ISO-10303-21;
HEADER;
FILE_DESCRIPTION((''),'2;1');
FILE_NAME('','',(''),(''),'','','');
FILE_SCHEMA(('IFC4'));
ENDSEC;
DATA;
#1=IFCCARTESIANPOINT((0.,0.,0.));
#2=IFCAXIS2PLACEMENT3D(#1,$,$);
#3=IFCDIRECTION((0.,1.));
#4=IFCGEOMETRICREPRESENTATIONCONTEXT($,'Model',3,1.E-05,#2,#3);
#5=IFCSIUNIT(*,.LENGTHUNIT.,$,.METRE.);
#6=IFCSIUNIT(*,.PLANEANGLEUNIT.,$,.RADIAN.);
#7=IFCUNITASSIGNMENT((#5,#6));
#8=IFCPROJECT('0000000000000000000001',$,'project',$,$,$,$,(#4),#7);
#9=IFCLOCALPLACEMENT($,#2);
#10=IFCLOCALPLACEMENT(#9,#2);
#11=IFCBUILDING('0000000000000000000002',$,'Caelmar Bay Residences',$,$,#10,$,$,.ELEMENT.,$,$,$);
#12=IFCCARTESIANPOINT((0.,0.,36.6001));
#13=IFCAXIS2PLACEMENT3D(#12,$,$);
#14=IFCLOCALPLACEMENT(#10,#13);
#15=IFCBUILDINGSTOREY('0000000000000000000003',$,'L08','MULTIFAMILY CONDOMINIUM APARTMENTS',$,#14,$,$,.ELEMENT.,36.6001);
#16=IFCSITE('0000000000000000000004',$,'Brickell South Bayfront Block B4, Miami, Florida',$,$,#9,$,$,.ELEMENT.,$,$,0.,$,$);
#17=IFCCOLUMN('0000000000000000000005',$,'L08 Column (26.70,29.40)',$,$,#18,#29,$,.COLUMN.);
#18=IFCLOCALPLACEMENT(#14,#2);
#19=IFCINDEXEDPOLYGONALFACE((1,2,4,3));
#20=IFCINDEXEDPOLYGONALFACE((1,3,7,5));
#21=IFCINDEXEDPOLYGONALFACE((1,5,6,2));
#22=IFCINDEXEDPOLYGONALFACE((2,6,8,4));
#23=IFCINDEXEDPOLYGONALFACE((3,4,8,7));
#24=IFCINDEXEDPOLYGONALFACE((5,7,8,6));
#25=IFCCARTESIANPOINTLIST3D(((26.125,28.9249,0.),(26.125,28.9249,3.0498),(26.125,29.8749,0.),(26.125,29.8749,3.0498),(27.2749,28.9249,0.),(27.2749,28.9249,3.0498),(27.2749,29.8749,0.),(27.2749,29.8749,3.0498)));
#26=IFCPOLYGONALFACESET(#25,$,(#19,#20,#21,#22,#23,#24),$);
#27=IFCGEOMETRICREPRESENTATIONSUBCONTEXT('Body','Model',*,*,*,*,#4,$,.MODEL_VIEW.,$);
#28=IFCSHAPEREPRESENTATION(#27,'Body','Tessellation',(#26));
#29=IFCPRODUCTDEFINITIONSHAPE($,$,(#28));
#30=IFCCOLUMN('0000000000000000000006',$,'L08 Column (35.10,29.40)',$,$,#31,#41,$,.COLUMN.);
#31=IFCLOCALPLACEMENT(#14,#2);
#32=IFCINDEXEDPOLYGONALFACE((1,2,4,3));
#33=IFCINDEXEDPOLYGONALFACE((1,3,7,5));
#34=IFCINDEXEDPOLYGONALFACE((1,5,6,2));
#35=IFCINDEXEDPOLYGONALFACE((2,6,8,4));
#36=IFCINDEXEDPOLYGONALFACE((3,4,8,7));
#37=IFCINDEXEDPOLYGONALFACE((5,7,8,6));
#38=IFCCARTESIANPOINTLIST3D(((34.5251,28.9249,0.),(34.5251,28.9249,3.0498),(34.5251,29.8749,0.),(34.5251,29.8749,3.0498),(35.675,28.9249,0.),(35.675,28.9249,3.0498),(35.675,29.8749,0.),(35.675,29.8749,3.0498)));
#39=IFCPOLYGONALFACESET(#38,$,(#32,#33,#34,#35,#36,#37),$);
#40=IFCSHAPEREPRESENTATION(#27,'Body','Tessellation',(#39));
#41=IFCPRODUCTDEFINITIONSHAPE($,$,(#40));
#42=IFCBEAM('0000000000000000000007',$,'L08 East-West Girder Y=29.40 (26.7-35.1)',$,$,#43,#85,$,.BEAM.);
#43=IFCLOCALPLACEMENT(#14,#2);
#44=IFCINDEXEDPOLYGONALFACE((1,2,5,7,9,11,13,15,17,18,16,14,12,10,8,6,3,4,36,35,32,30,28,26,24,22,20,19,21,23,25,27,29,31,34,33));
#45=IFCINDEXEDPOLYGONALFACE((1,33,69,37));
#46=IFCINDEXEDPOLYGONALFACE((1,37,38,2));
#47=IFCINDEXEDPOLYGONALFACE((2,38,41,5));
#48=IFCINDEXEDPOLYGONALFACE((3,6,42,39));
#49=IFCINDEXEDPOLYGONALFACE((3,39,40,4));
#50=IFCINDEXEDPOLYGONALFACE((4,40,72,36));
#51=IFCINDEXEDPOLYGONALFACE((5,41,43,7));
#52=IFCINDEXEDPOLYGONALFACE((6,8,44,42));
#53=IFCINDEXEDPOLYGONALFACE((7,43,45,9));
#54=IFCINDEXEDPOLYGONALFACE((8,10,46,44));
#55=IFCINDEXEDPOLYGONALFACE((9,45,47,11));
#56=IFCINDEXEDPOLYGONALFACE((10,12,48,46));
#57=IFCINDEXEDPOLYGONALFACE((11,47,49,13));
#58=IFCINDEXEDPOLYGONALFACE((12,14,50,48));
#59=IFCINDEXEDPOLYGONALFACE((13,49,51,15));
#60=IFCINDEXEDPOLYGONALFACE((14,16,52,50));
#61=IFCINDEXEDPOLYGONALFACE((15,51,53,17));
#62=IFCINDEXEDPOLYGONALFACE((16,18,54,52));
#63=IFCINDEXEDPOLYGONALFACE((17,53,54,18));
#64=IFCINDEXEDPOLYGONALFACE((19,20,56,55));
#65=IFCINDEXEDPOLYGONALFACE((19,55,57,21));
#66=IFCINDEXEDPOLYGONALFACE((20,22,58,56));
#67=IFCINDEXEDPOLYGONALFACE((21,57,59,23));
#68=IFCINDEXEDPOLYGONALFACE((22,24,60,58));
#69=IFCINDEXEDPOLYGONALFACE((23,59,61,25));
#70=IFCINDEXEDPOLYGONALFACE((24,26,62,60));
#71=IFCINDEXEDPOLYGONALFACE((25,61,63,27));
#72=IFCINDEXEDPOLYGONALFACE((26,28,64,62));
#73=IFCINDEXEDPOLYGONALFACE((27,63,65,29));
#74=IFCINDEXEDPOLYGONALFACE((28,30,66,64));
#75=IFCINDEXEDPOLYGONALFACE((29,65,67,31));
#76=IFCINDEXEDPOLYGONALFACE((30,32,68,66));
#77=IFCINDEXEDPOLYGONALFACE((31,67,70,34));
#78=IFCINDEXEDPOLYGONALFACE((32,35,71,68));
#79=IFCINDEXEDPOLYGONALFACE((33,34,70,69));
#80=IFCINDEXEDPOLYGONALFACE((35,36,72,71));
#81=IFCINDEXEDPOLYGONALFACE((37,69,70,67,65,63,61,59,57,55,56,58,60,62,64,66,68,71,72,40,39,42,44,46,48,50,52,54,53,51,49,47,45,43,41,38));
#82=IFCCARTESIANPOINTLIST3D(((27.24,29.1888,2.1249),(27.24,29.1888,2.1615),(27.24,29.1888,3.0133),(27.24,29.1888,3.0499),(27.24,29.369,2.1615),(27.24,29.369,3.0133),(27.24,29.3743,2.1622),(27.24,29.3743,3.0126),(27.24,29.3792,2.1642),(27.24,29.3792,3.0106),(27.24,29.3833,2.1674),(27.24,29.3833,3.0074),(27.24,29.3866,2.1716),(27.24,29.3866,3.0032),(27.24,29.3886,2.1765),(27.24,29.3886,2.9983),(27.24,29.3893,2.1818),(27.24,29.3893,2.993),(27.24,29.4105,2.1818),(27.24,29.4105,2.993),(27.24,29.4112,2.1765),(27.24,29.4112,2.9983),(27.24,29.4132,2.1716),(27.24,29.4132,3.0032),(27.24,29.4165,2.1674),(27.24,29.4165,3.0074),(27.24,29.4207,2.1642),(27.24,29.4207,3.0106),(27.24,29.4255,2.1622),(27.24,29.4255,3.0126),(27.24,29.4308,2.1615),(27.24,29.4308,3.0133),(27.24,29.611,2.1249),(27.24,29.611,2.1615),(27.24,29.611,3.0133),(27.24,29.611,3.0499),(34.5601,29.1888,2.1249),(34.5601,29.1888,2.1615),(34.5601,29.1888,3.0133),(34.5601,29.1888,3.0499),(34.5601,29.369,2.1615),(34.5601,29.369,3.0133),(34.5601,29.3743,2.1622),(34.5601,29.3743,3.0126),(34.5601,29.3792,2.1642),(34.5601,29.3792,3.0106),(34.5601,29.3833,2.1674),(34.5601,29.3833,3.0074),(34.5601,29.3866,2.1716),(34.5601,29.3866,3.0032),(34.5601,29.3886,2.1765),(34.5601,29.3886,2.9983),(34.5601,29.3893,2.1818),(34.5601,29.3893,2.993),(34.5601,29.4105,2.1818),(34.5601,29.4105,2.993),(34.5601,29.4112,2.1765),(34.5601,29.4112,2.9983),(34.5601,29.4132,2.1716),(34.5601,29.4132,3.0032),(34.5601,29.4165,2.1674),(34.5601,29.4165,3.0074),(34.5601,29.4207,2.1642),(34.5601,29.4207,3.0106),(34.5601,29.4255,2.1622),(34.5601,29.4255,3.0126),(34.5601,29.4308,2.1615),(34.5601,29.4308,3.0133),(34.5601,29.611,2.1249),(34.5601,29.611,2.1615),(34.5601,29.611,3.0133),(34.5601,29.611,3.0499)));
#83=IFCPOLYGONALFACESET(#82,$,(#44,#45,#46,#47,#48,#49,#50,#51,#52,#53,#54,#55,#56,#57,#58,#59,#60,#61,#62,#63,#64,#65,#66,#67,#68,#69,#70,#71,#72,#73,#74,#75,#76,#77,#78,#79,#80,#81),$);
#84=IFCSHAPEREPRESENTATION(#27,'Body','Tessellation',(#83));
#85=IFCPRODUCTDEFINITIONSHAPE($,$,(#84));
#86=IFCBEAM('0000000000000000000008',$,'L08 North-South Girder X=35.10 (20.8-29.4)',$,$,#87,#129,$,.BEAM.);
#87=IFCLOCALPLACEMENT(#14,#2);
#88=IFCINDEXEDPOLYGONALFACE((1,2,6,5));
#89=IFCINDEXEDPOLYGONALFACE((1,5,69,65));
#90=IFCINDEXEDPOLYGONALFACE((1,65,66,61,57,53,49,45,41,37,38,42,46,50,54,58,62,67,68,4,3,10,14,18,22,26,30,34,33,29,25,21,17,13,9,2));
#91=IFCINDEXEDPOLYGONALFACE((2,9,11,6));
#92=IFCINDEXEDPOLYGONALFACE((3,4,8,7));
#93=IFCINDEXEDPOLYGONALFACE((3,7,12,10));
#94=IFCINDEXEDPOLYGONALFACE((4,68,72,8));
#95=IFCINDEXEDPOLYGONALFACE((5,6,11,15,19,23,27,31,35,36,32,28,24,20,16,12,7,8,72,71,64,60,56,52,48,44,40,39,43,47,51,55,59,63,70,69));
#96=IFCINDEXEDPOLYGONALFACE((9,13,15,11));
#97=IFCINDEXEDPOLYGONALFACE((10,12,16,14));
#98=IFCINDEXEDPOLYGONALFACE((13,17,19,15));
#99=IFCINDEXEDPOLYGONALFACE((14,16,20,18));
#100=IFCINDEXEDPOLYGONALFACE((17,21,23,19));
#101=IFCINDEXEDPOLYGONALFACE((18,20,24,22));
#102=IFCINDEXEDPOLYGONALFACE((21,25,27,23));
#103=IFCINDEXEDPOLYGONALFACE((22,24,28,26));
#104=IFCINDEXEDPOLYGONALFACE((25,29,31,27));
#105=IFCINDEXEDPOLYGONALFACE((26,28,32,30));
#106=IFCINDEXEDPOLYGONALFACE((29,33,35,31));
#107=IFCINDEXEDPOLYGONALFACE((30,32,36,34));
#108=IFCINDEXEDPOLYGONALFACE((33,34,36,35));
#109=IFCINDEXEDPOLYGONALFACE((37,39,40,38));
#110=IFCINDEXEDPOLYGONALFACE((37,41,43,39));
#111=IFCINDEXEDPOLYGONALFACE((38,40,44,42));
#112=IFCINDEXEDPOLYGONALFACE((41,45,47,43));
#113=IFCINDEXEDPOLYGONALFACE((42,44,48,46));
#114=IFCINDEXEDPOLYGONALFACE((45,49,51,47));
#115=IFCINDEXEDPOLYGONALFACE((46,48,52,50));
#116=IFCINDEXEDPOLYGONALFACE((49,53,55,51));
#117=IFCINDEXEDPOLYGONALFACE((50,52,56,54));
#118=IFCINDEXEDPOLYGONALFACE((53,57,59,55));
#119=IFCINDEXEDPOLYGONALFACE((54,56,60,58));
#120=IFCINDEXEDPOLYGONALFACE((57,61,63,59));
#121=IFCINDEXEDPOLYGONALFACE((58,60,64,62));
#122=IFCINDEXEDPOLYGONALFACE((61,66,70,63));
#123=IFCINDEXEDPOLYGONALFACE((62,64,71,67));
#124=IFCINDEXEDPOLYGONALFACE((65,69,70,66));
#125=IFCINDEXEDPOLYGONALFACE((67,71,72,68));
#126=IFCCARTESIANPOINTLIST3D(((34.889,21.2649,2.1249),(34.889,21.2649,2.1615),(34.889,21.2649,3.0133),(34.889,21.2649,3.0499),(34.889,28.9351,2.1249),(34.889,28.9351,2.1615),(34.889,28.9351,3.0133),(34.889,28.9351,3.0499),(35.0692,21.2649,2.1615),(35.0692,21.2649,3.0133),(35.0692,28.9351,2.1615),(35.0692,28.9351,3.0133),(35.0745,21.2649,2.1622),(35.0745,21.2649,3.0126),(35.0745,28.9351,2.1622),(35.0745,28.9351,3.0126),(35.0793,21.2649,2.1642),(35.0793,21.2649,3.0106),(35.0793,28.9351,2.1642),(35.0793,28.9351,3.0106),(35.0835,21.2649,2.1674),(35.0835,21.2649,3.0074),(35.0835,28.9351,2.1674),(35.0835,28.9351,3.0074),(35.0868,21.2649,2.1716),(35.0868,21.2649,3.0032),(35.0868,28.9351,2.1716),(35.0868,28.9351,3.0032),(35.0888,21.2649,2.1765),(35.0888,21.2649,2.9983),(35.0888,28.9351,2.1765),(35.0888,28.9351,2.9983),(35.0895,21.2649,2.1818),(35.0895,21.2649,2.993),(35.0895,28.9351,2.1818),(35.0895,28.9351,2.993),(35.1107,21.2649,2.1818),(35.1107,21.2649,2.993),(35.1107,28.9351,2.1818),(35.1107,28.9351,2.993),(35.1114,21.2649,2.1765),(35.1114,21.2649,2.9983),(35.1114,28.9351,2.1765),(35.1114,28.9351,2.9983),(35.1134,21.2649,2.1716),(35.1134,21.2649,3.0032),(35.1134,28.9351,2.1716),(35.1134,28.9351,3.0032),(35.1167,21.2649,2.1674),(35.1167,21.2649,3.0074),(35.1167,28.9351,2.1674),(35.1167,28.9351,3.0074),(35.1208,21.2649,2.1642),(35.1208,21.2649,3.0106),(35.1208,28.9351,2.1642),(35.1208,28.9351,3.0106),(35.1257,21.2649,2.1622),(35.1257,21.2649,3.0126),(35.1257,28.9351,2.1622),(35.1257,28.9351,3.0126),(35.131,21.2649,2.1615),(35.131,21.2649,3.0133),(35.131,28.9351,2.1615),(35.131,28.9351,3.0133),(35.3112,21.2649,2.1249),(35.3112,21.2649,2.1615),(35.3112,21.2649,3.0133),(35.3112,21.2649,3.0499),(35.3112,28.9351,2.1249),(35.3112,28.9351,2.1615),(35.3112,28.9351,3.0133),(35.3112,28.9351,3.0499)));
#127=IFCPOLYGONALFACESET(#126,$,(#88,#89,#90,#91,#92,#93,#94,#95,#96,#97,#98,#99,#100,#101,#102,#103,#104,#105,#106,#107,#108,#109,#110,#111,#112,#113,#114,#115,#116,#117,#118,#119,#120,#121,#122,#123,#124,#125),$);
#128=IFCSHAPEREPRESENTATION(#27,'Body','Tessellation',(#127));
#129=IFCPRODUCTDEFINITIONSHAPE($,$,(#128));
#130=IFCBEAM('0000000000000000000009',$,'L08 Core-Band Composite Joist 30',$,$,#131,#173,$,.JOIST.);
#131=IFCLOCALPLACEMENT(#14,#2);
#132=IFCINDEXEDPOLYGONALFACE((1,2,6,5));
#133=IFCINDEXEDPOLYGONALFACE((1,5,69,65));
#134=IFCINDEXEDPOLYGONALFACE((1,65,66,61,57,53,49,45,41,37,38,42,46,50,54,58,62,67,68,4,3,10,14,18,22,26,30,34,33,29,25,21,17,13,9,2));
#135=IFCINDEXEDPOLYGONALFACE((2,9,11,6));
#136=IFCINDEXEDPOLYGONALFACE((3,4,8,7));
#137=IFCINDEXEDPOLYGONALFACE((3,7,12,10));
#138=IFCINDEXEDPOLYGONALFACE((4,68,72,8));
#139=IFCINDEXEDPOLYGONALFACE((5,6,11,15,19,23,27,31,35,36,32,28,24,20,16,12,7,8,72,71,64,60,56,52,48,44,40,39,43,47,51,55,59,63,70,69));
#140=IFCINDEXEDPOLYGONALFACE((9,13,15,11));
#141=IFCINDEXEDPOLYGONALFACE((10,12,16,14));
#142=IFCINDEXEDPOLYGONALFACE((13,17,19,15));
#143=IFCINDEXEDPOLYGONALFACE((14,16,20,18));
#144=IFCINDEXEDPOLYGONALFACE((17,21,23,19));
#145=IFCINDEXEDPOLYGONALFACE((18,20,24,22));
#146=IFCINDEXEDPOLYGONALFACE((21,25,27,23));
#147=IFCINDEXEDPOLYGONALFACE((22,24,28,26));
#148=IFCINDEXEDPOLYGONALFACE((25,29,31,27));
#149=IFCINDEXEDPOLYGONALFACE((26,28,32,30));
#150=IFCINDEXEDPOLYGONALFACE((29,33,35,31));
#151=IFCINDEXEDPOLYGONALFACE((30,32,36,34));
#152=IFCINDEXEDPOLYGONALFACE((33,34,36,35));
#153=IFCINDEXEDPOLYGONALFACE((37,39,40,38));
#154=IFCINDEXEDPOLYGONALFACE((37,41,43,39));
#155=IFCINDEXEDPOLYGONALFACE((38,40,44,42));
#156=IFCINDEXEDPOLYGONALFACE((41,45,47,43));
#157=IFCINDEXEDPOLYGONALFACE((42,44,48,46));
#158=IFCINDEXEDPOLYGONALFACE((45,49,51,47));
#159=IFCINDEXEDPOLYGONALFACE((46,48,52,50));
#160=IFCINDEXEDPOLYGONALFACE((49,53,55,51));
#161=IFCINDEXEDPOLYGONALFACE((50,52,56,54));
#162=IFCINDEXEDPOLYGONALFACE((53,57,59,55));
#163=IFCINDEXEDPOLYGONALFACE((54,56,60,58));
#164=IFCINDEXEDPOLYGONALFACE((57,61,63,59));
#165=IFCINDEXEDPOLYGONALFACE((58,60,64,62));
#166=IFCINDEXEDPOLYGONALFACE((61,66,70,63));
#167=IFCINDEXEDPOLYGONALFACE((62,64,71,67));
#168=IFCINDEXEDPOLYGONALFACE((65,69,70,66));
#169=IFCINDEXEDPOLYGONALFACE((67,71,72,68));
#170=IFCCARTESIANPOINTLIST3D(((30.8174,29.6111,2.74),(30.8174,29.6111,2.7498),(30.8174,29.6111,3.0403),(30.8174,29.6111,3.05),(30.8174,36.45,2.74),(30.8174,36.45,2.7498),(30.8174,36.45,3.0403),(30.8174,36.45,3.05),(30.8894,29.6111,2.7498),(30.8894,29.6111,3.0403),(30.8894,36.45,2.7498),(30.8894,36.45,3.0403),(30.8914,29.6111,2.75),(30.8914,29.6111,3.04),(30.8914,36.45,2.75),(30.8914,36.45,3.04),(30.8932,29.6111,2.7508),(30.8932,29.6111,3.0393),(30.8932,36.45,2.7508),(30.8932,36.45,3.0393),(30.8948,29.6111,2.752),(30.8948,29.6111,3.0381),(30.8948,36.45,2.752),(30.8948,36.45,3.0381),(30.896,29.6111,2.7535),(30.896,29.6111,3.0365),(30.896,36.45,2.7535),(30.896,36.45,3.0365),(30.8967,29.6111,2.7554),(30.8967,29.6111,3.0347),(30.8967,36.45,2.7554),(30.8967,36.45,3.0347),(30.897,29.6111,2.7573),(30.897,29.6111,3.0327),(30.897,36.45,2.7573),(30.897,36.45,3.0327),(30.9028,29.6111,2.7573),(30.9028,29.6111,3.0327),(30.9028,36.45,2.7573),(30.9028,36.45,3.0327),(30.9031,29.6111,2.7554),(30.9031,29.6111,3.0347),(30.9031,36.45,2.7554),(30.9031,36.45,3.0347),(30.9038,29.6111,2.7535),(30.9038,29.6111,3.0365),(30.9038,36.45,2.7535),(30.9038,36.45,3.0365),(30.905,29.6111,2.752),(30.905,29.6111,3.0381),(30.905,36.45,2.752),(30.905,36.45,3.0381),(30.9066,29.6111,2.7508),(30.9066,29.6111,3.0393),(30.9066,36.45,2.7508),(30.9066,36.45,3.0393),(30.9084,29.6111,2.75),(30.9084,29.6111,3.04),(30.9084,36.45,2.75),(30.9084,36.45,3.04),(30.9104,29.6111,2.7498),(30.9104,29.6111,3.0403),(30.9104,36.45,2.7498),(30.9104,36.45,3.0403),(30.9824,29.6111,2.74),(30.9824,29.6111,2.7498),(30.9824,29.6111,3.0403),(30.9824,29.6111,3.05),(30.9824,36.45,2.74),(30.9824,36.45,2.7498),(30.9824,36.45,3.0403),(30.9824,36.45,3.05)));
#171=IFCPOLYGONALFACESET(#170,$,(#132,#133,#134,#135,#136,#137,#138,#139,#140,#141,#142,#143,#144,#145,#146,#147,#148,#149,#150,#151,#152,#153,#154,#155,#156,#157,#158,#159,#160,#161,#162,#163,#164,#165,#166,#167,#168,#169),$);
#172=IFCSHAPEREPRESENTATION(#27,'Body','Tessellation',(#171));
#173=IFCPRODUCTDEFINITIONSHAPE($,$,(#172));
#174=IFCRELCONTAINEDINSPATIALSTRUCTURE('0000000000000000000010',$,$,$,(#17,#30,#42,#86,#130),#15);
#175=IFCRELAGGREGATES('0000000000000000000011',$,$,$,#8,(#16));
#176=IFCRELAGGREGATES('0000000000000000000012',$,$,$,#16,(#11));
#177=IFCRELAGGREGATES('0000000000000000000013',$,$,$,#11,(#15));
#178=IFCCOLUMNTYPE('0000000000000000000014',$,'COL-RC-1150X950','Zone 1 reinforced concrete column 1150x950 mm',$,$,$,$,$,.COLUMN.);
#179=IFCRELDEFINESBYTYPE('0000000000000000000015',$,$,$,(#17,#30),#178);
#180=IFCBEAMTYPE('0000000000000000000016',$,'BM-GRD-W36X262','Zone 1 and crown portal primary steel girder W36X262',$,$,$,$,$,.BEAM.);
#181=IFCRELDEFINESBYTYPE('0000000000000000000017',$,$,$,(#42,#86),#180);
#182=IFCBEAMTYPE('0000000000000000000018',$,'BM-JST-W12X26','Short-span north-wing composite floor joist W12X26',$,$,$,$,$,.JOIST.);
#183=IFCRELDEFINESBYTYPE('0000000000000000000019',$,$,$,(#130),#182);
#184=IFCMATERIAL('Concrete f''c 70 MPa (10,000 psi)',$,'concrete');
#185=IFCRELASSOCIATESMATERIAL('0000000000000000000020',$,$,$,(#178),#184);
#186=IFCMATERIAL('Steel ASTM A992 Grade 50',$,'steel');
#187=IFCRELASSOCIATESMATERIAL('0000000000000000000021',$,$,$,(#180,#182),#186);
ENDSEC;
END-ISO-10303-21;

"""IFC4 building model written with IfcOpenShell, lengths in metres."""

from ifc_helpers import new_model, si_unit, direction, frame, origin, origin_2d, place, context, subcontext, project, spatial, rectangle, i_section, extrude, material, material_profile, profile_set, type_object, element, save


model = new_model("IFC4")

# Units and contexts
model_context = context("Model", 3, precision=1e-05, world=origin(), true_north=direction((0.0, 1.0)))
body_context = subcontext(model_context, "Body", "Model", "MODEL_VIEW")
ifc_project = project(units=[si_unit("LENGTHUNIT", "METRE"), si_unit("PLANEANGLEUNIT", "RADIAN")], contexts=[model_context])

# Site, building, storey
site_placement = place(None, origin())
site = spatial("IfcSite", under=ifc_project, at=site_placement, Name="Brickell South Bayfront Block B4, Miami, Florida", CompositionType="ELEMENT", RefElevation=0.0)
building_placement = place(site_placement, origin())
building = spatial("IfcBuilding", under=site, at=building_placement, Name="Caelmar Bay Residences", CompositionType="ELEMENT")
storey_placement = place(building_placement, frame((0.0, 0.0, 36.6001)))
storey = spatial("IfcBuildingStorey", under=building, at=storey_placement, Name="L08", Description="MULTIFAMILY CONDOMINIUM APARTMENTS", CompositionType="ELEMENT", Elevation=36.6001)

# Columns
ifc_material_1 = material(Name="Concrete f'c 70 MPa (10,000 psi)", Category="concrete")
ifc_material_profile_1 = material_profile(ifc_material_1, rectangle(XDim=1.1499, YDim=0.95, at=origin_2d()), Name="RC-COL-1150X950")
ifc_profile_set_1 = profile_set([ifc_material_profile_1], Name="Concrete f'c 70 MPa (10,000 psi)")
column_type = type_object("IfcColumnType", Name="COL-RC-1150X950", Description="Zone 1 reinforced concrete column 1150x950 mm", PredefinedType="COLUMN", material=ifc_profile_set_1)
for number, where, z_axis, x_axis, name in (
    (1, (26.7, 29.3999, 0.0), (0.0, 0.0, 1.0), (1.0, 0.0, 0.0), "L08 Column (26.70,29.40)"),
    (2, (35.1001, 29.3999, 0.0), (0.0, 0.0, 1.0), (1.0, 0.0, 0.0), "L08 Column (35.10,29.40)"),
):
    element("IfcColumn", number, at=place(storey_placement, frame(where, z_axis=z_axis, x_axis=x_axis)), inside=storey, type_object=column_type, Name=name, PredefinedType="COLUMN", context=body_context, shape_type="SweptSolid", body=[
        extrude(rectangle(XDim=1.1499, YDim=0.95, at=origin_2d()), origin(), (0.0, 0.0, 1.0), 3.0498),
    ])

# Beams
ifc_material_2 = material(Name="Steel ASTM A992 Grade 50", Category="steel")
ifc_material_profile_2 = material_profile(ifc_material_2, i_section(OverallWidth=0.4221, OverallDepth=0.925, WebThickness=0.0212, FlangeThickness=0.0366, FilletRadius=0.0203, at=origin_2d()), Name="W36X262")
ifc_profile_set_2 = profile_set([ifc_material_profile_2], Name="Steel ASTM A992 Grade 50")
beam_type_1 = type_object("IfcBeamType", Name="BM-GRD-W36X262", Description="Zone 1 and crown portal primary steel girder W36X262", PredefinedType="BEAM", material=ifc_profile_set_2)
beam_1_placement = place(storey_placement, frame((27.24, 29.3999, 2.5874), z_axis=(1.0, 0.0, 0.0), x_axis=(0.0, 1.0, 0.0)))
element("IfcBeam", 3, at=beam_1_placement, inside=storey, type_object=beam_type_1, Name="L08 East-West Girder Y=29.40 (26.7-35.1)", PredefinedType="BEAM", context=body_context, shape_type="SweptSolid", body=[
    extrude(i_section(OverallWidth=0.4221, OverallDepth=0.925, WebThickness=0.0212, FlangeThickness=0.0366, FilletRadius=0.0203, at=origin_2d()), origin(), (0.0, 0.0, 1.0), 7.3201),
])
beam_2_placement = place(storey_placement, frame((35.1001, 21.2649, 2.5874), z_axis=(0.0, 1.0, 0.0), x_axis=(-1.0, 0.0, 0.0)))
element("IfcBeam", 4, at=beam_2_placement, inside=storey, type_object=beam_type_1, Name="L08 North-South Girder X=35.10 (20.8-29.4)", PredefinedType="BEAM", context=body_context, shape_type="SweptSolid", body=[
    extrude(i_section(OverallWidth=0.4221, OverallDepth=0.925, WebThickness=0.0212, FlangeThickness=0.0366, FilletRadius=0.0203, at=origin_2d()), origin(), (0.0, 0.0, 1.0), 7.6702),
])
ifc_material_profile_3 = material_profile(ifc_material_2, i_section(OverallWidth=0.165, OverallDepth=0.3101, WebThickness=0.0059, FlangeThickness=0.0098, FilletRadius=0.0076, at=origin_2d()), Name="W12X26")
ifc_profile_set_3 = profile_set([ifc_material_profile_3], Name="Steel ASTM A992 Grade 50")
beam_type_2 = type_object("IfcBeamType", Name="BM-JST-W12X26", Description="Short-span north-wing composite floor joist W12X26", PredefinedType="JOIST", material=ifc_profile_set_3)
beam_3_placement = place(storey_placement, frame((30.8999, 29.6111, 2.895), z_axis=(0.0, 1.0, 0.0), x_axis=(-1.0, 0.0, 0.0)))
element("IfcBeam", 5, at=beam_3_placement, inside=storey, type_object=beam_type_2, Name="L08 Core-Band Composite Joist 30", PredefinedType="JOIST", context=body_context, shape_type="SweptSolid", body=[
    extrude(i_section(OverallWidth=0.165, OverallDepth=0.3101, WebThickness=0.0059, FlangeThickness=0.0098, FilletRadius=0.0076, at=origin_2d()), origin(), (0.0, 0.0, 1.0), 6.8389),
])

save(model, "model.ifc")
